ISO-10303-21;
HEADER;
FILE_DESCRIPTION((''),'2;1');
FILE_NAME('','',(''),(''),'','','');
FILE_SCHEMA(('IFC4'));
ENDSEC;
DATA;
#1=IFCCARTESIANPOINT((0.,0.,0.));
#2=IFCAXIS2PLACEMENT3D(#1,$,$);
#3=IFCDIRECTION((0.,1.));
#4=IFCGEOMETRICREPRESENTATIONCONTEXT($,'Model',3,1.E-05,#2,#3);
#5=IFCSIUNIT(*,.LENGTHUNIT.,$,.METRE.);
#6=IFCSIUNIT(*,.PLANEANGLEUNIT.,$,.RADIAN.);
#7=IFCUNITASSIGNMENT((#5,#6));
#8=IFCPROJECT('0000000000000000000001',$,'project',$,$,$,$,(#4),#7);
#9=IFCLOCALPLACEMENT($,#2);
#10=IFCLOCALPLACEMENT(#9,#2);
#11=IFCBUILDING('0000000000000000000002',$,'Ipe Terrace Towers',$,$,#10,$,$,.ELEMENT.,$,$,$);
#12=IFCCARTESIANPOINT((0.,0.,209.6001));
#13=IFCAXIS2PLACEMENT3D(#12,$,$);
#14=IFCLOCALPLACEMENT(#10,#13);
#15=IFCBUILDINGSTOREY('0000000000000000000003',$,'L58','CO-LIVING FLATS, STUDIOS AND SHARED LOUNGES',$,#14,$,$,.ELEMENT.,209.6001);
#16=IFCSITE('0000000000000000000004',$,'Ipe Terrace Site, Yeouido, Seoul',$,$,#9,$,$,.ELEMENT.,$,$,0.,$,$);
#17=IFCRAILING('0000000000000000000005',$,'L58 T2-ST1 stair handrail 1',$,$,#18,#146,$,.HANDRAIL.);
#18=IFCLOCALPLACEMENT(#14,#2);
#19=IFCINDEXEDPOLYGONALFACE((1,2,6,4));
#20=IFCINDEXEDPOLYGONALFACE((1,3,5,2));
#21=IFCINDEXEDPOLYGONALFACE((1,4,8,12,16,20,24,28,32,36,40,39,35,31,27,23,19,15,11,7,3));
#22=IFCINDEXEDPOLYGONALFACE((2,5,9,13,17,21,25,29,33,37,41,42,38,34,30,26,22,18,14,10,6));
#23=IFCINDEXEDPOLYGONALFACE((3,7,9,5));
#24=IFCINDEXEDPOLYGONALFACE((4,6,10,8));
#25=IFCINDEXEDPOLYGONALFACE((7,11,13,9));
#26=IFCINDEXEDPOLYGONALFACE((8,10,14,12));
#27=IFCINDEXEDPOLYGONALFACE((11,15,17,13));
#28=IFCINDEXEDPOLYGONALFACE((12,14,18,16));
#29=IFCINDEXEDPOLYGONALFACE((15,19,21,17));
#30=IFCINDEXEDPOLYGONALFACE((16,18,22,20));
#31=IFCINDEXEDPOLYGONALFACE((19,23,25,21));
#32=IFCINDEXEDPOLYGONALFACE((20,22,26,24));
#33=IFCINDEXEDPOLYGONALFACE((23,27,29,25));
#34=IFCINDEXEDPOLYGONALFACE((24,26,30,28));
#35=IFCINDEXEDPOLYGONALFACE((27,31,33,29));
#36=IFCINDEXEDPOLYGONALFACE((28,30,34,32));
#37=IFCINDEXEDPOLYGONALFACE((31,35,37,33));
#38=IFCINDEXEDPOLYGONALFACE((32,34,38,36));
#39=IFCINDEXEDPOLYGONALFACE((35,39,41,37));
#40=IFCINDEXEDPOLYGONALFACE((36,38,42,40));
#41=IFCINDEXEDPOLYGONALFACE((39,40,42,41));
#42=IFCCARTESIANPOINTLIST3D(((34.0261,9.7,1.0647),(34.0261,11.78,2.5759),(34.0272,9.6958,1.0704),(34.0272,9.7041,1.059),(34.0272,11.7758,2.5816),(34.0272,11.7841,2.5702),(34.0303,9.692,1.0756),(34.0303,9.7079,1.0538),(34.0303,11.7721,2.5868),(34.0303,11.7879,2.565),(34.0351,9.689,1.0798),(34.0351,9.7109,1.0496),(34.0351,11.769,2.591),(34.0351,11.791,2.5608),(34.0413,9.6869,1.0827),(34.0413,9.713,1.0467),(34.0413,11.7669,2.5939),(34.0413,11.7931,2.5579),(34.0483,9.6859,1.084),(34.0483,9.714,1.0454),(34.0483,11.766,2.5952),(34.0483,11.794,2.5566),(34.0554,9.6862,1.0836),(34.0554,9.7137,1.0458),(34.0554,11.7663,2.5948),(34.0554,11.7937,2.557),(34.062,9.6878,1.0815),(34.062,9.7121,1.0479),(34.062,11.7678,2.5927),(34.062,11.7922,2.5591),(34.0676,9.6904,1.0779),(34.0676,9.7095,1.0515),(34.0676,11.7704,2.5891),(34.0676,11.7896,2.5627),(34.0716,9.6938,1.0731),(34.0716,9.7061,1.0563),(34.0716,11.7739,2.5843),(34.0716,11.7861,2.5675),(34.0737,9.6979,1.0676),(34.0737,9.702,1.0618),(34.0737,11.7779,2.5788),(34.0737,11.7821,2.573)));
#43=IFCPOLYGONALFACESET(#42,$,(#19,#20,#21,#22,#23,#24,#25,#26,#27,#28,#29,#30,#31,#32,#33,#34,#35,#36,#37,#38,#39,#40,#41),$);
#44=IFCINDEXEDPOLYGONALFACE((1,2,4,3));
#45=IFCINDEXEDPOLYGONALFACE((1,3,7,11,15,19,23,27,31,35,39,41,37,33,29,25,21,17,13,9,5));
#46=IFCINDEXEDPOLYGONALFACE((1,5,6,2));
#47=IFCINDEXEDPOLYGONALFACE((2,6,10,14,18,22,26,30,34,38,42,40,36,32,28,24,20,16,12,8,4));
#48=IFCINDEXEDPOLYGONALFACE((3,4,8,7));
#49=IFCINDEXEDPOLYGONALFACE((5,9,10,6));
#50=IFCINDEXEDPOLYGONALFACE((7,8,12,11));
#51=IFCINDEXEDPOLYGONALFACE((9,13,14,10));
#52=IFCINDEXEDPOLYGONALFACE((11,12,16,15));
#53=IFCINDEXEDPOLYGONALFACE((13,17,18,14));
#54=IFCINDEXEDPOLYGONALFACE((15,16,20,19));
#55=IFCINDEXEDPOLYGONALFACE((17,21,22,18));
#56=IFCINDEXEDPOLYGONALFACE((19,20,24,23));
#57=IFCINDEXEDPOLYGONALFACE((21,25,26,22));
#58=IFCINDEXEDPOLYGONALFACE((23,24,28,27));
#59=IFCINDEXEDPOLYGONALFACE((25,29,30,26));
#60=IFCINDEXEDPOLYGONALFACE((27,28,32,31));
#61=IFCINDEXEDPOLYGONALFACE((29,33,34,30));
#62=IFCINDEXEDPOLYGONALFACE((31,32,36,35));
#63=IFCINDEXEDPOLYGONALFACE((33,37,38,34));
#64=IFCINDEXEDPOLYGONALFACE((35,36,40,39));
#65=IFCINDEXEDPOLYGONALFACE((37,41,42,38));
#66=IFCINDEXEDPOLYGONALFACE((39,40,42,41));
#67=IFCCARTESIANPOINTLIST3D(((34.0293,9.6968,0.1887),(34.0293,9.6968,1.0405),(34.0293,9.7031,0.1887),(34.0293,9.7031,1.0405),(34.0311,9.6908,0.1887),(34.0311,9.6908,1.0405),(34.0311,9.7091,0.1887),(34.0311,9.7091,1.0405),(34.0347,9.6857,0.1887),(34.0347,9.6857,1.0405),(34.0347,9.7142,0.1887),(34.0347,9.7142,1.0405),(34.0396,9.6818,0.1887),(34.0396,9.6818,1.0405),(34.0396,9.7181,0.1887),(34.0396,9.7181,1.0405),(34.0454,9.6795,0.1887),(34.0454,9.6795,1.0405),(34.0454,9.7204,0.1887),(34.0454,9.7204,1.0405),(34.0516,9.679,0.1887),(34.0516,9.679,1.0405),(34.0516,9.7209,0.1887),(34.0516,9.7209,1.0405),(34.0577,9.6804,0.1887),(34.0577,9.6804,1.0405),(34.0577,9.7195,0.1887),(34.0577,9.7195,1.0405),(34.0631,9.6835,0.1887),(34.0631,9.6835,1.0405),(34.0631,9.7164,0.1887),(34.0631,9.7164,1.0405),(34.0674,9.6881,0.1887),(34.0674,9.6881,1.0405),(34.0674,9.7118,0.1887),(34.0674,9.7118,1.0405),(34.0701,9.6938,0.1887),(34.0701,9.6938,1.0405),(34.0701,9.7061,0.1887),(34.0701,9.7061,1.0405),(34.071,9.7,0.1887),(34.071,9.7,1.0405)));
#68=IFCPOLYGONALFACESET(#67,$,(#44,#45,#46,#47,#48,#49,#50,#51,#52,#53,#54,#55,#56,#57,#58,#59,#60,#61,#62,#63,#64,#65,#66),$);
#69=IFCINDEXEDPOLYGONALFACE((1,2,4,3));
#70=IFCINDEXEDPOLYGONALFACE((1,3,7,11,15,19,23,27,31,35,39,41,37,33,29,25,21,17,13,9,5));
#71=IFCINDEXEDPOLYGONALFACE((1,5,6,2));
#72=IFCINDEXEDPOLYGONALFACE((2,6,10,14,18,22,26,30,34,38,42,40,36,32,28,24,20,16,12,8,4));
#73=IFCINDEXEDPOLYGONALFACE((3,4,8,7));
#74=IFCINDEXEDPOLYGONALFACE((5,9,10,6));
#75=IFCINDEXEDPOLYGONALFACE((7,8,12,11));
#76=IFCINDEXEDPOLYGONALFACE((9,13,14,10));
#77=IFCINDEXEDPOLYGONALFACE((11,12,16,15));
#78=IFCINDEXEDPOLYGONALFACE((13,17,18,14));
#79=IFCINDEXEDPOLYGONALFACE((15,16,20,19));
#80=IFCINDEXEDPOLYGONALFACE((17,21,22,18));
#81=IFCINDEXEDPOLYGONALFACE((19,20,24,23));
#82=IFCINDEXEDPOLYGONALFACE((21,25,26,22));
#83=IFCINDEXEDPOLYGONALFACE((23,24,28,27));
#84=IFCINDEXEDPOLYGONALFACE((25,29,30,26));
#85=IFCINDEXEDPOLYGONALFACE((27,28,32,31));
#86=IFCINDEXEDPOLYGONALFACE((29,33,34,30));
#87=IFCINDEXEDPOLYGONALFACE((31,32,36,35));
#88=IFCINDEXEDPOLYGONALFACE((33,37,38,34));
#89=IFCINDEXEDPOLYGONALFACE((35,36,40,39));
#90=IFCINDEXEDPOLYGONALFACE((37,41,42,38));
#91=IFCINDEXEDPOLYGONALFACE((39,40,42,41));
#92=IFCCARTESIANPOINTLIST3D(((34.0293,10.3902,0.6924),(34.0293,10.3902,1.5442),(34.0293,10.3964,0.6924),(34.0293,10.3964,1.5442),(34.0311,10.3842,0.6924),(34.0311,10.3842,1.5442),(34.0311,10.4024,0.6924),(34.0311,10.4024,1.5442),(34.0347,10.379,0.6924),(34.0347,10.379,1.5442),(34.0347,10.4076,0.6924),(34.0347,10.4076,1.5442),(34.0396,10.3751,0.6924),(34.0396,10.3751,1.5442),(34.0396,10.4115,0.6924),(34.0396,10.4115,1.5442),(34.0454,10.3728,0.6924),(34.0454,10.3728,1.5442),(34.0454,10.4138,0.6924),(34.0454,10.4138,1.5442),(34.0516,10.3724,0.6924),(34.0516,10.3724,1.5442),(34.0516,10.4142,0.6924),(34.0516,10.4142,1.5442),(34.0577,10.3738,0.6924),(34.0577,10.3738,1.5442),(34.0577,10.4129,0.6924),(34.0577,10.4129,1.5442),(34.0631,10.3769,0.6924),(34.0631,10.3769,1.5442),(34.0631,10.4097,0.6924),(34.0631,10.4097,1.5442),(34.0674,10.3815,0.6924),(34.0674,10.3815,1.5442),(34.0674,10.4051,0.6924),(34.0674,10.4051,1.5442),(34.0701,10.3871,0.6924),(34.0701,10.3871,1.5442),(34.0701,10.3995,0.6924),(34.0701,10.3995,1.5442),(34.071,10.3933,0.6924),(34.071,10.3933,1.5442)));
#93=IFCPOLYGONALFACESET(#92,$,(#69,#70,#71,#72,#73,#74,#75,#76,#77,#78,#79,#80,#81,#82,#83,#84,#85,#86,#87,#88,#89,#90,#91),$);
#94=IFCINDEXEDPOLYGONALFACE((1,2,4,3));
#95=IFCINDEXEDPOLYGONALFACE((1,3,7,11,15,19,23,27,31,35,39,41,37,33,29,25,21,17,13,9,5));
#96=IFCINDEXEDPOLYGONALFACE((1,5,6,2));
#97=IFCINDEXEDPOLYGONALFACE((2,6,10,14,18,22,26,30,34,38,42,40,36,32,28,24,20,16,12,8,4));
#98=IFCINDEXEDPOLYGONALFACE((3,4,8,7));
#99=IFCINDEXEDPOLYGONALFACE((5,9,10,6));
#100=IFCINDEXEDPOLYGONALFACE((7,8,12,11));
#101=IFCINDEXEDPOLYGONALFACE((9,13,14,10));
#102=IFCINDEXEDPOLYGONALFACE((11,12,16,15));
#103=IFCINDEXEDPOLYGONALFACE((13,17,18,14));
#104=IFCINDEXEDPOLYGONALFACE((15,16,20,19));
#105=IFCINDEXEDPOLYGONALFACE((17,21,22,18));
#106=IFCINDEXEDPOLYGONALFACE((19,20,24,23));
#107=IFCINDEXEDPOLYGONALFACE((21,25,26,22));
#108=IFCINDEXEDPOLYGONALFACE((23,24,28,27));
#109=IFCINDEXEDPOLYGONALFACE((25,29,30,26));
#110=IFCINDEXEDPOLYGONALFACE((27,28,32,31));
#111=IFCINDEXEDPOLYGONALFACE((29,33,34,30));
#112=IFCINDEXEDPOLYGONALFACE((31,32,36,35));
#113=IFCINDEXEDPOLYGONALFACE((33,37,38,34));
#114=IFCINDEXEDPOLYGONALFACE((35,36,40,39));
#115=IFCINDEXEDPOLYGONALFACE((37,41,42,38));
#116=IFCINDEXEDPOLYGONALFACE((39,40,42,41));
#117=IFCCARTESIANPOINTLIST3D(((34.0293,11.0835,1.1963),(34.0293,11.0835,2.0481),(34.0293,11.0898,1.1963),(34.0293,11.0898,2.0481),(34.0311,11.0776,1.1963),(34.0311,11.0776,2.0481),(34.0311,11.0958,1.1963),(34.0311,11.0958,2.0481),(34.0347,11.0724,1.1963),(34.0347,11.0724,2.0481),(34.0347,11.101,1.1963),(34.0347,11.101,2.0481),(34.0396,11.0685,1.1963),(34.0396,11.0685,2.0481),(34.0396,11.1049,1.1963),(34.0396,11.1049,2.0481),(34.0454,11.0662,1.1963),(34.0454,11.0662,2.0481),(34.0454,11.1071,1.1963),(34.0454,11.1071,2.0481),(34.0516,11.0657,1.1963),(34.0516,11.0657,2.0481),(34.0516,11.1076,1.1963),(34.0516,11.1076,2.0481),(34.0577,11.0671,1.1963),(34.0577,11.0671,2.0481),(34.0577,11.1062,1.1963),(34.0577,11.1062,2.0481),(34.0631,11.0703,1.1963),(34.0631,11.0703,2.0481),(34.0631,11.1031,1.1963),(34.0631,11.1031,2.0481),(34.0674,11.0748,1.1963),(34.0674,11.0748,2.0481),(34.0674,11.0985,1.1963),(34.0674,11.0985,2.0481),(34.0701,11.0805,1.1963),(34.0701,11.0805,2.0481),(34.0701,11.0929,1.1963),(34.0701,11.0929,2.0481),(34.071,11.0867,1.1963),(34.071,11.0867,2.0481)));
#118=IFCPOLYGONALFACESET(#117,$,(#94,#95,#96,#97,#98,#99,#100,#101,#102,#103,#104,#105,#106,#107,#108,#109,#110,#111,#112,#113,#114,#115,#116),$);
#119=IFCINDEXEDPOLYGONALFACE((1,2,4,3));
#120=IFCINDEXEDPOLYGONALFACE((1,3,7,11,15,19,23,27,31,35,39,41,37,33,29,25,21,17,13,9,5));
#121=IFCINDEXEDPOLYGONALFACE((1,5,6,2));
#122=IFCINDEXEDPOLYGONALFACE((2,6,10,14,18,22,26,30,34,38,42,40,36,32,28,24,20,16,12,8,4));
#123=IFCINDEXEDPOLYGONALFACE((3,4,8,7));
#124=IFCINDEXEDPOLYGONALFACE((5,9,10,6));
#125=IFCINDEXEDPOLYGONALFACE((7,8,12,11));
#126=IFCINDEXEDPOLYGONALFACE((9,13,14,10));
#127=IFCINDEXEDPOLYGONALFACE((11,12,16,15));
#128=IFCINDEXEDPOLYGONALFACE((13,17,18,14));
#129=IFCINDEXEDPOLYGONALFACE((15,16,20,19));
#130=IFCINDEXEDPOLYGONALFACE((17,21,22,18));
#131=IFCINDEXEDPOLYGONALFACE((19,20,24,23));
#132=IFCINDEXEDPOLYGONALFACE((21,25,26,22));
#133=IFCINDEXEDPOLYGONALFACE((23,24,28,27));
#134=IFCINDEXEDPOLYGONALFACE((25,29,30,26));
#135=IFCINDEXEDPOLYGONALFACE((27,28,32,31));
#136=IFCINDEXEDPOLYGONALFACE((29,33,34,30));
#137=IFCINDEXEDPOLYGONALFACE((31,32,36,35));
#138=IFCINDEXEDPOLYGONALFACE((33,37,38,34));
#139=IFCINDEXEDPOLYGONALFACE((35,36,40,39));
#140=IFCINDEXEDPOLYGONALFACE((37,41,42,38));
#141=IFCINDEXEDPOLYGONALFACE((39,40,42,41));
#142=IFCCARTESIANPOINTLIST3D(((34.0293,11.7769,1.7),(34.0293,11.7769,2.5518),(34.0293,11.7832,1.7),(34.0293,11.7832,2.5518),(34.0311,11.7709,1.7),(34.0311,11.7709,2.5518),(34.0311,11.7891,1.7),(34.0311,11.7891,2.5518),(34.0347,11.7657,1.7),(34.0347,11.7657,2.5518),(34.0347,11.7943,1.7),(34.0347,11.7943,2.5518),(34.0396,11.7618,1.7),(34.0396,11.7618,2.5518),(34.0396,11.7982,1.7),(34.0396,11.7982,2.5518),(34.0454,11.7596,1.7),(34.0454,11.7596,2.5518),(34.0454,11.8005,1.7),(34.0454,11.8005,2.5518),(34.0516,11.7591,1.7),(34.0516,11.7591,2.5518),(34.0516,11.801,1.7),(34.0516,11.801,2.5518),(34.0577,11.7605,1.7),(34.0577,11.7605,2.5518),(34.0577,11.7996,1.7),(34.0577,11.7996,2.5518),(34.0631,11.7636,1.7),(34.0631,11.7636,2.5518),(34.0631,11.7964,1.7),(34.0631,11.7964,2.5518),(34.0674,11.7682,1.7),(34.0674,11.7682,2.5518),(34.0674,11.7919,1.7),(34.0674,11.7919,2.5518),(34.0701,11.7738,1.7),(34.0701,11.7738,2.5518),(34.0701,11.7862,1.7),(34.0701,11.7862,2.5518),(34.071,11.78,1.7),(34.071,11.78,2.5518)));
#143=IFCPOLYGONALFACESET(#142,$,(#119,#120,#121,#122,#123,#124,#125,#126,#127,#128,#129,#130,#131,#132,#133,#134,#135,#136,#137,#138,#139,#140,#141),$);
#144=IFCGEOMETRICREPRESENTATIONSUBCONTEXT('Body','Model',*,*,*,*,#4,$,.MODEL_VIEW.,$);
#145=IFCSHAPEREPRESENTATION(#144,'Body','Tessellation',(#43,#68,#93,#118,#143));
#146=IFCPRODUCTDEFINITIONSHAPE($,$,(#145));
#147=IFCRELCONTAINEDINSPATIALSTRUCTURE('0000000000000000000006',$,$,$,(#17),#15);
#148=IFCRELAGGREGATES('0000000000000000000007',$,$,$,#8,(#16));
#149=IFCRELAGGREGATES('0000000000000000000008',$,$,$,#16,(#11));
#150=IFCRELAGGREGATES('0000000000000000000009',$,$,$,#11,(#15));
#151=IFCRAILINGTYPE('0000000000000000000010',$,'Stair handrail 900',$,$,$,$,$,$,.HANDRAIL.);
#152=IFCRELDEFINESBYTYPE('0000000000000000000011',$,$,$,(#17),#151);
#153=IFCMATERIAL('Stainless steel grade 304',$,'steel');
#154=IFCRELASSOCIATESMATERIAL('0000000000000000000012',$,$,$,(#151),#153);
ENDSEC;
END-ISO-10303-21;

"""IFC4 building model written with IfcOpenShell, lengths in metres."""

from ifc_helpers import new_model, si_unit, direction, frame, origin, origin_2d, place, context, subcontext, project, spatial, circle, extrude, material, type_object, element, save


model = new_model("IFC4")

# Units and contexts
model_context = context("Model", 3, precision=1e-05, world=origin(), true_north=direction((0.0, 1.0)))
body_context = subcontext(model_context, "Body", "Model", "MODEL_VIEW")
ifc_project = project(units=[si_unit("LENGTHUNIT", "METRE"), si_unit("PLANEANGLEUNIT", "RADIAN")], contexts=[model_context])

# Site, building, storey
site_placement = place(None, origin())
site = spatial("IfcSite", under=ifc_project, at=site_placement, Name="Ipe Terrace Site, Yeouido, Seoul", CompositionType="ELEMENT", RefElevation=0.0)
building_placement = place(site_placement, origin())
building = spatial("IfcBuilding", under=site, at=building_placement, Name="Ipe Terrace Towers", CompositionType="ELEMENT")
storey_placement = place(building_placement, frame((0.0, 0.0, 209.6001)))
storey = spatial("IfcBuildingStorey", under=building, at=storey_placement, Name="L58", Description="CO-LIVING FLATS, STUDIOS AND SHARED LOUNGES", CompositionType="ELEMENT", Elevation=209.6001)

# Railing
ifc_material_1 = material(Name="Stainless steel grade 304", Category="steel")
railing_type_1 = type_object("IfcRailingType", Name="Stair handrail 900", PredefinedType="HANDRAIL", material=ifc_material_1)
railing_1_placement = place(storey_placement, frame((34.05, 9.7, 0.1887)))
element("IfcRailing", 1, at=railing_1_placement, inside=storey, type_object=railing_type_1, Name="L58 T2-ST1 stair handrail 1", PredefinedType="HANDRAIL", context=body_context, shape_type="SweptSolid", body=[
    extrude(circle(Radius=0.0239, at=origin_2d()), frame((0.0, 0.0, 0.876), z_axis=(0.0, 0.809023, 0.587776), x_axis=(-1.0, 0.0, 0.0)), (0.0, 0.0, 1.0), 2.571),
    extrude(circle(Radius=0.021, at=origin_2d()), origin(), (0.0, 0.0, 1.0), 0.8518),
    extrude(circle(Radius=0.021, at=origin_2d()), frame((0.0, 0.6934, 0.5037)), (0.0, 0.0, 1.0), 0.8518),
    extrude(circle(Radius=0.021, at=origin_2d()), frame((0.0, 1.3867, 1.0076)), (0.0, 0.0, 1.0), 0.8518),
    extrude(circle(Radius=0.021, at=origin_2d()), frame((0.0, 2.0801, 1.5112)), (0.0, 0.0, 1.0), 0.8518),
])

save(model, "model.ifc")
